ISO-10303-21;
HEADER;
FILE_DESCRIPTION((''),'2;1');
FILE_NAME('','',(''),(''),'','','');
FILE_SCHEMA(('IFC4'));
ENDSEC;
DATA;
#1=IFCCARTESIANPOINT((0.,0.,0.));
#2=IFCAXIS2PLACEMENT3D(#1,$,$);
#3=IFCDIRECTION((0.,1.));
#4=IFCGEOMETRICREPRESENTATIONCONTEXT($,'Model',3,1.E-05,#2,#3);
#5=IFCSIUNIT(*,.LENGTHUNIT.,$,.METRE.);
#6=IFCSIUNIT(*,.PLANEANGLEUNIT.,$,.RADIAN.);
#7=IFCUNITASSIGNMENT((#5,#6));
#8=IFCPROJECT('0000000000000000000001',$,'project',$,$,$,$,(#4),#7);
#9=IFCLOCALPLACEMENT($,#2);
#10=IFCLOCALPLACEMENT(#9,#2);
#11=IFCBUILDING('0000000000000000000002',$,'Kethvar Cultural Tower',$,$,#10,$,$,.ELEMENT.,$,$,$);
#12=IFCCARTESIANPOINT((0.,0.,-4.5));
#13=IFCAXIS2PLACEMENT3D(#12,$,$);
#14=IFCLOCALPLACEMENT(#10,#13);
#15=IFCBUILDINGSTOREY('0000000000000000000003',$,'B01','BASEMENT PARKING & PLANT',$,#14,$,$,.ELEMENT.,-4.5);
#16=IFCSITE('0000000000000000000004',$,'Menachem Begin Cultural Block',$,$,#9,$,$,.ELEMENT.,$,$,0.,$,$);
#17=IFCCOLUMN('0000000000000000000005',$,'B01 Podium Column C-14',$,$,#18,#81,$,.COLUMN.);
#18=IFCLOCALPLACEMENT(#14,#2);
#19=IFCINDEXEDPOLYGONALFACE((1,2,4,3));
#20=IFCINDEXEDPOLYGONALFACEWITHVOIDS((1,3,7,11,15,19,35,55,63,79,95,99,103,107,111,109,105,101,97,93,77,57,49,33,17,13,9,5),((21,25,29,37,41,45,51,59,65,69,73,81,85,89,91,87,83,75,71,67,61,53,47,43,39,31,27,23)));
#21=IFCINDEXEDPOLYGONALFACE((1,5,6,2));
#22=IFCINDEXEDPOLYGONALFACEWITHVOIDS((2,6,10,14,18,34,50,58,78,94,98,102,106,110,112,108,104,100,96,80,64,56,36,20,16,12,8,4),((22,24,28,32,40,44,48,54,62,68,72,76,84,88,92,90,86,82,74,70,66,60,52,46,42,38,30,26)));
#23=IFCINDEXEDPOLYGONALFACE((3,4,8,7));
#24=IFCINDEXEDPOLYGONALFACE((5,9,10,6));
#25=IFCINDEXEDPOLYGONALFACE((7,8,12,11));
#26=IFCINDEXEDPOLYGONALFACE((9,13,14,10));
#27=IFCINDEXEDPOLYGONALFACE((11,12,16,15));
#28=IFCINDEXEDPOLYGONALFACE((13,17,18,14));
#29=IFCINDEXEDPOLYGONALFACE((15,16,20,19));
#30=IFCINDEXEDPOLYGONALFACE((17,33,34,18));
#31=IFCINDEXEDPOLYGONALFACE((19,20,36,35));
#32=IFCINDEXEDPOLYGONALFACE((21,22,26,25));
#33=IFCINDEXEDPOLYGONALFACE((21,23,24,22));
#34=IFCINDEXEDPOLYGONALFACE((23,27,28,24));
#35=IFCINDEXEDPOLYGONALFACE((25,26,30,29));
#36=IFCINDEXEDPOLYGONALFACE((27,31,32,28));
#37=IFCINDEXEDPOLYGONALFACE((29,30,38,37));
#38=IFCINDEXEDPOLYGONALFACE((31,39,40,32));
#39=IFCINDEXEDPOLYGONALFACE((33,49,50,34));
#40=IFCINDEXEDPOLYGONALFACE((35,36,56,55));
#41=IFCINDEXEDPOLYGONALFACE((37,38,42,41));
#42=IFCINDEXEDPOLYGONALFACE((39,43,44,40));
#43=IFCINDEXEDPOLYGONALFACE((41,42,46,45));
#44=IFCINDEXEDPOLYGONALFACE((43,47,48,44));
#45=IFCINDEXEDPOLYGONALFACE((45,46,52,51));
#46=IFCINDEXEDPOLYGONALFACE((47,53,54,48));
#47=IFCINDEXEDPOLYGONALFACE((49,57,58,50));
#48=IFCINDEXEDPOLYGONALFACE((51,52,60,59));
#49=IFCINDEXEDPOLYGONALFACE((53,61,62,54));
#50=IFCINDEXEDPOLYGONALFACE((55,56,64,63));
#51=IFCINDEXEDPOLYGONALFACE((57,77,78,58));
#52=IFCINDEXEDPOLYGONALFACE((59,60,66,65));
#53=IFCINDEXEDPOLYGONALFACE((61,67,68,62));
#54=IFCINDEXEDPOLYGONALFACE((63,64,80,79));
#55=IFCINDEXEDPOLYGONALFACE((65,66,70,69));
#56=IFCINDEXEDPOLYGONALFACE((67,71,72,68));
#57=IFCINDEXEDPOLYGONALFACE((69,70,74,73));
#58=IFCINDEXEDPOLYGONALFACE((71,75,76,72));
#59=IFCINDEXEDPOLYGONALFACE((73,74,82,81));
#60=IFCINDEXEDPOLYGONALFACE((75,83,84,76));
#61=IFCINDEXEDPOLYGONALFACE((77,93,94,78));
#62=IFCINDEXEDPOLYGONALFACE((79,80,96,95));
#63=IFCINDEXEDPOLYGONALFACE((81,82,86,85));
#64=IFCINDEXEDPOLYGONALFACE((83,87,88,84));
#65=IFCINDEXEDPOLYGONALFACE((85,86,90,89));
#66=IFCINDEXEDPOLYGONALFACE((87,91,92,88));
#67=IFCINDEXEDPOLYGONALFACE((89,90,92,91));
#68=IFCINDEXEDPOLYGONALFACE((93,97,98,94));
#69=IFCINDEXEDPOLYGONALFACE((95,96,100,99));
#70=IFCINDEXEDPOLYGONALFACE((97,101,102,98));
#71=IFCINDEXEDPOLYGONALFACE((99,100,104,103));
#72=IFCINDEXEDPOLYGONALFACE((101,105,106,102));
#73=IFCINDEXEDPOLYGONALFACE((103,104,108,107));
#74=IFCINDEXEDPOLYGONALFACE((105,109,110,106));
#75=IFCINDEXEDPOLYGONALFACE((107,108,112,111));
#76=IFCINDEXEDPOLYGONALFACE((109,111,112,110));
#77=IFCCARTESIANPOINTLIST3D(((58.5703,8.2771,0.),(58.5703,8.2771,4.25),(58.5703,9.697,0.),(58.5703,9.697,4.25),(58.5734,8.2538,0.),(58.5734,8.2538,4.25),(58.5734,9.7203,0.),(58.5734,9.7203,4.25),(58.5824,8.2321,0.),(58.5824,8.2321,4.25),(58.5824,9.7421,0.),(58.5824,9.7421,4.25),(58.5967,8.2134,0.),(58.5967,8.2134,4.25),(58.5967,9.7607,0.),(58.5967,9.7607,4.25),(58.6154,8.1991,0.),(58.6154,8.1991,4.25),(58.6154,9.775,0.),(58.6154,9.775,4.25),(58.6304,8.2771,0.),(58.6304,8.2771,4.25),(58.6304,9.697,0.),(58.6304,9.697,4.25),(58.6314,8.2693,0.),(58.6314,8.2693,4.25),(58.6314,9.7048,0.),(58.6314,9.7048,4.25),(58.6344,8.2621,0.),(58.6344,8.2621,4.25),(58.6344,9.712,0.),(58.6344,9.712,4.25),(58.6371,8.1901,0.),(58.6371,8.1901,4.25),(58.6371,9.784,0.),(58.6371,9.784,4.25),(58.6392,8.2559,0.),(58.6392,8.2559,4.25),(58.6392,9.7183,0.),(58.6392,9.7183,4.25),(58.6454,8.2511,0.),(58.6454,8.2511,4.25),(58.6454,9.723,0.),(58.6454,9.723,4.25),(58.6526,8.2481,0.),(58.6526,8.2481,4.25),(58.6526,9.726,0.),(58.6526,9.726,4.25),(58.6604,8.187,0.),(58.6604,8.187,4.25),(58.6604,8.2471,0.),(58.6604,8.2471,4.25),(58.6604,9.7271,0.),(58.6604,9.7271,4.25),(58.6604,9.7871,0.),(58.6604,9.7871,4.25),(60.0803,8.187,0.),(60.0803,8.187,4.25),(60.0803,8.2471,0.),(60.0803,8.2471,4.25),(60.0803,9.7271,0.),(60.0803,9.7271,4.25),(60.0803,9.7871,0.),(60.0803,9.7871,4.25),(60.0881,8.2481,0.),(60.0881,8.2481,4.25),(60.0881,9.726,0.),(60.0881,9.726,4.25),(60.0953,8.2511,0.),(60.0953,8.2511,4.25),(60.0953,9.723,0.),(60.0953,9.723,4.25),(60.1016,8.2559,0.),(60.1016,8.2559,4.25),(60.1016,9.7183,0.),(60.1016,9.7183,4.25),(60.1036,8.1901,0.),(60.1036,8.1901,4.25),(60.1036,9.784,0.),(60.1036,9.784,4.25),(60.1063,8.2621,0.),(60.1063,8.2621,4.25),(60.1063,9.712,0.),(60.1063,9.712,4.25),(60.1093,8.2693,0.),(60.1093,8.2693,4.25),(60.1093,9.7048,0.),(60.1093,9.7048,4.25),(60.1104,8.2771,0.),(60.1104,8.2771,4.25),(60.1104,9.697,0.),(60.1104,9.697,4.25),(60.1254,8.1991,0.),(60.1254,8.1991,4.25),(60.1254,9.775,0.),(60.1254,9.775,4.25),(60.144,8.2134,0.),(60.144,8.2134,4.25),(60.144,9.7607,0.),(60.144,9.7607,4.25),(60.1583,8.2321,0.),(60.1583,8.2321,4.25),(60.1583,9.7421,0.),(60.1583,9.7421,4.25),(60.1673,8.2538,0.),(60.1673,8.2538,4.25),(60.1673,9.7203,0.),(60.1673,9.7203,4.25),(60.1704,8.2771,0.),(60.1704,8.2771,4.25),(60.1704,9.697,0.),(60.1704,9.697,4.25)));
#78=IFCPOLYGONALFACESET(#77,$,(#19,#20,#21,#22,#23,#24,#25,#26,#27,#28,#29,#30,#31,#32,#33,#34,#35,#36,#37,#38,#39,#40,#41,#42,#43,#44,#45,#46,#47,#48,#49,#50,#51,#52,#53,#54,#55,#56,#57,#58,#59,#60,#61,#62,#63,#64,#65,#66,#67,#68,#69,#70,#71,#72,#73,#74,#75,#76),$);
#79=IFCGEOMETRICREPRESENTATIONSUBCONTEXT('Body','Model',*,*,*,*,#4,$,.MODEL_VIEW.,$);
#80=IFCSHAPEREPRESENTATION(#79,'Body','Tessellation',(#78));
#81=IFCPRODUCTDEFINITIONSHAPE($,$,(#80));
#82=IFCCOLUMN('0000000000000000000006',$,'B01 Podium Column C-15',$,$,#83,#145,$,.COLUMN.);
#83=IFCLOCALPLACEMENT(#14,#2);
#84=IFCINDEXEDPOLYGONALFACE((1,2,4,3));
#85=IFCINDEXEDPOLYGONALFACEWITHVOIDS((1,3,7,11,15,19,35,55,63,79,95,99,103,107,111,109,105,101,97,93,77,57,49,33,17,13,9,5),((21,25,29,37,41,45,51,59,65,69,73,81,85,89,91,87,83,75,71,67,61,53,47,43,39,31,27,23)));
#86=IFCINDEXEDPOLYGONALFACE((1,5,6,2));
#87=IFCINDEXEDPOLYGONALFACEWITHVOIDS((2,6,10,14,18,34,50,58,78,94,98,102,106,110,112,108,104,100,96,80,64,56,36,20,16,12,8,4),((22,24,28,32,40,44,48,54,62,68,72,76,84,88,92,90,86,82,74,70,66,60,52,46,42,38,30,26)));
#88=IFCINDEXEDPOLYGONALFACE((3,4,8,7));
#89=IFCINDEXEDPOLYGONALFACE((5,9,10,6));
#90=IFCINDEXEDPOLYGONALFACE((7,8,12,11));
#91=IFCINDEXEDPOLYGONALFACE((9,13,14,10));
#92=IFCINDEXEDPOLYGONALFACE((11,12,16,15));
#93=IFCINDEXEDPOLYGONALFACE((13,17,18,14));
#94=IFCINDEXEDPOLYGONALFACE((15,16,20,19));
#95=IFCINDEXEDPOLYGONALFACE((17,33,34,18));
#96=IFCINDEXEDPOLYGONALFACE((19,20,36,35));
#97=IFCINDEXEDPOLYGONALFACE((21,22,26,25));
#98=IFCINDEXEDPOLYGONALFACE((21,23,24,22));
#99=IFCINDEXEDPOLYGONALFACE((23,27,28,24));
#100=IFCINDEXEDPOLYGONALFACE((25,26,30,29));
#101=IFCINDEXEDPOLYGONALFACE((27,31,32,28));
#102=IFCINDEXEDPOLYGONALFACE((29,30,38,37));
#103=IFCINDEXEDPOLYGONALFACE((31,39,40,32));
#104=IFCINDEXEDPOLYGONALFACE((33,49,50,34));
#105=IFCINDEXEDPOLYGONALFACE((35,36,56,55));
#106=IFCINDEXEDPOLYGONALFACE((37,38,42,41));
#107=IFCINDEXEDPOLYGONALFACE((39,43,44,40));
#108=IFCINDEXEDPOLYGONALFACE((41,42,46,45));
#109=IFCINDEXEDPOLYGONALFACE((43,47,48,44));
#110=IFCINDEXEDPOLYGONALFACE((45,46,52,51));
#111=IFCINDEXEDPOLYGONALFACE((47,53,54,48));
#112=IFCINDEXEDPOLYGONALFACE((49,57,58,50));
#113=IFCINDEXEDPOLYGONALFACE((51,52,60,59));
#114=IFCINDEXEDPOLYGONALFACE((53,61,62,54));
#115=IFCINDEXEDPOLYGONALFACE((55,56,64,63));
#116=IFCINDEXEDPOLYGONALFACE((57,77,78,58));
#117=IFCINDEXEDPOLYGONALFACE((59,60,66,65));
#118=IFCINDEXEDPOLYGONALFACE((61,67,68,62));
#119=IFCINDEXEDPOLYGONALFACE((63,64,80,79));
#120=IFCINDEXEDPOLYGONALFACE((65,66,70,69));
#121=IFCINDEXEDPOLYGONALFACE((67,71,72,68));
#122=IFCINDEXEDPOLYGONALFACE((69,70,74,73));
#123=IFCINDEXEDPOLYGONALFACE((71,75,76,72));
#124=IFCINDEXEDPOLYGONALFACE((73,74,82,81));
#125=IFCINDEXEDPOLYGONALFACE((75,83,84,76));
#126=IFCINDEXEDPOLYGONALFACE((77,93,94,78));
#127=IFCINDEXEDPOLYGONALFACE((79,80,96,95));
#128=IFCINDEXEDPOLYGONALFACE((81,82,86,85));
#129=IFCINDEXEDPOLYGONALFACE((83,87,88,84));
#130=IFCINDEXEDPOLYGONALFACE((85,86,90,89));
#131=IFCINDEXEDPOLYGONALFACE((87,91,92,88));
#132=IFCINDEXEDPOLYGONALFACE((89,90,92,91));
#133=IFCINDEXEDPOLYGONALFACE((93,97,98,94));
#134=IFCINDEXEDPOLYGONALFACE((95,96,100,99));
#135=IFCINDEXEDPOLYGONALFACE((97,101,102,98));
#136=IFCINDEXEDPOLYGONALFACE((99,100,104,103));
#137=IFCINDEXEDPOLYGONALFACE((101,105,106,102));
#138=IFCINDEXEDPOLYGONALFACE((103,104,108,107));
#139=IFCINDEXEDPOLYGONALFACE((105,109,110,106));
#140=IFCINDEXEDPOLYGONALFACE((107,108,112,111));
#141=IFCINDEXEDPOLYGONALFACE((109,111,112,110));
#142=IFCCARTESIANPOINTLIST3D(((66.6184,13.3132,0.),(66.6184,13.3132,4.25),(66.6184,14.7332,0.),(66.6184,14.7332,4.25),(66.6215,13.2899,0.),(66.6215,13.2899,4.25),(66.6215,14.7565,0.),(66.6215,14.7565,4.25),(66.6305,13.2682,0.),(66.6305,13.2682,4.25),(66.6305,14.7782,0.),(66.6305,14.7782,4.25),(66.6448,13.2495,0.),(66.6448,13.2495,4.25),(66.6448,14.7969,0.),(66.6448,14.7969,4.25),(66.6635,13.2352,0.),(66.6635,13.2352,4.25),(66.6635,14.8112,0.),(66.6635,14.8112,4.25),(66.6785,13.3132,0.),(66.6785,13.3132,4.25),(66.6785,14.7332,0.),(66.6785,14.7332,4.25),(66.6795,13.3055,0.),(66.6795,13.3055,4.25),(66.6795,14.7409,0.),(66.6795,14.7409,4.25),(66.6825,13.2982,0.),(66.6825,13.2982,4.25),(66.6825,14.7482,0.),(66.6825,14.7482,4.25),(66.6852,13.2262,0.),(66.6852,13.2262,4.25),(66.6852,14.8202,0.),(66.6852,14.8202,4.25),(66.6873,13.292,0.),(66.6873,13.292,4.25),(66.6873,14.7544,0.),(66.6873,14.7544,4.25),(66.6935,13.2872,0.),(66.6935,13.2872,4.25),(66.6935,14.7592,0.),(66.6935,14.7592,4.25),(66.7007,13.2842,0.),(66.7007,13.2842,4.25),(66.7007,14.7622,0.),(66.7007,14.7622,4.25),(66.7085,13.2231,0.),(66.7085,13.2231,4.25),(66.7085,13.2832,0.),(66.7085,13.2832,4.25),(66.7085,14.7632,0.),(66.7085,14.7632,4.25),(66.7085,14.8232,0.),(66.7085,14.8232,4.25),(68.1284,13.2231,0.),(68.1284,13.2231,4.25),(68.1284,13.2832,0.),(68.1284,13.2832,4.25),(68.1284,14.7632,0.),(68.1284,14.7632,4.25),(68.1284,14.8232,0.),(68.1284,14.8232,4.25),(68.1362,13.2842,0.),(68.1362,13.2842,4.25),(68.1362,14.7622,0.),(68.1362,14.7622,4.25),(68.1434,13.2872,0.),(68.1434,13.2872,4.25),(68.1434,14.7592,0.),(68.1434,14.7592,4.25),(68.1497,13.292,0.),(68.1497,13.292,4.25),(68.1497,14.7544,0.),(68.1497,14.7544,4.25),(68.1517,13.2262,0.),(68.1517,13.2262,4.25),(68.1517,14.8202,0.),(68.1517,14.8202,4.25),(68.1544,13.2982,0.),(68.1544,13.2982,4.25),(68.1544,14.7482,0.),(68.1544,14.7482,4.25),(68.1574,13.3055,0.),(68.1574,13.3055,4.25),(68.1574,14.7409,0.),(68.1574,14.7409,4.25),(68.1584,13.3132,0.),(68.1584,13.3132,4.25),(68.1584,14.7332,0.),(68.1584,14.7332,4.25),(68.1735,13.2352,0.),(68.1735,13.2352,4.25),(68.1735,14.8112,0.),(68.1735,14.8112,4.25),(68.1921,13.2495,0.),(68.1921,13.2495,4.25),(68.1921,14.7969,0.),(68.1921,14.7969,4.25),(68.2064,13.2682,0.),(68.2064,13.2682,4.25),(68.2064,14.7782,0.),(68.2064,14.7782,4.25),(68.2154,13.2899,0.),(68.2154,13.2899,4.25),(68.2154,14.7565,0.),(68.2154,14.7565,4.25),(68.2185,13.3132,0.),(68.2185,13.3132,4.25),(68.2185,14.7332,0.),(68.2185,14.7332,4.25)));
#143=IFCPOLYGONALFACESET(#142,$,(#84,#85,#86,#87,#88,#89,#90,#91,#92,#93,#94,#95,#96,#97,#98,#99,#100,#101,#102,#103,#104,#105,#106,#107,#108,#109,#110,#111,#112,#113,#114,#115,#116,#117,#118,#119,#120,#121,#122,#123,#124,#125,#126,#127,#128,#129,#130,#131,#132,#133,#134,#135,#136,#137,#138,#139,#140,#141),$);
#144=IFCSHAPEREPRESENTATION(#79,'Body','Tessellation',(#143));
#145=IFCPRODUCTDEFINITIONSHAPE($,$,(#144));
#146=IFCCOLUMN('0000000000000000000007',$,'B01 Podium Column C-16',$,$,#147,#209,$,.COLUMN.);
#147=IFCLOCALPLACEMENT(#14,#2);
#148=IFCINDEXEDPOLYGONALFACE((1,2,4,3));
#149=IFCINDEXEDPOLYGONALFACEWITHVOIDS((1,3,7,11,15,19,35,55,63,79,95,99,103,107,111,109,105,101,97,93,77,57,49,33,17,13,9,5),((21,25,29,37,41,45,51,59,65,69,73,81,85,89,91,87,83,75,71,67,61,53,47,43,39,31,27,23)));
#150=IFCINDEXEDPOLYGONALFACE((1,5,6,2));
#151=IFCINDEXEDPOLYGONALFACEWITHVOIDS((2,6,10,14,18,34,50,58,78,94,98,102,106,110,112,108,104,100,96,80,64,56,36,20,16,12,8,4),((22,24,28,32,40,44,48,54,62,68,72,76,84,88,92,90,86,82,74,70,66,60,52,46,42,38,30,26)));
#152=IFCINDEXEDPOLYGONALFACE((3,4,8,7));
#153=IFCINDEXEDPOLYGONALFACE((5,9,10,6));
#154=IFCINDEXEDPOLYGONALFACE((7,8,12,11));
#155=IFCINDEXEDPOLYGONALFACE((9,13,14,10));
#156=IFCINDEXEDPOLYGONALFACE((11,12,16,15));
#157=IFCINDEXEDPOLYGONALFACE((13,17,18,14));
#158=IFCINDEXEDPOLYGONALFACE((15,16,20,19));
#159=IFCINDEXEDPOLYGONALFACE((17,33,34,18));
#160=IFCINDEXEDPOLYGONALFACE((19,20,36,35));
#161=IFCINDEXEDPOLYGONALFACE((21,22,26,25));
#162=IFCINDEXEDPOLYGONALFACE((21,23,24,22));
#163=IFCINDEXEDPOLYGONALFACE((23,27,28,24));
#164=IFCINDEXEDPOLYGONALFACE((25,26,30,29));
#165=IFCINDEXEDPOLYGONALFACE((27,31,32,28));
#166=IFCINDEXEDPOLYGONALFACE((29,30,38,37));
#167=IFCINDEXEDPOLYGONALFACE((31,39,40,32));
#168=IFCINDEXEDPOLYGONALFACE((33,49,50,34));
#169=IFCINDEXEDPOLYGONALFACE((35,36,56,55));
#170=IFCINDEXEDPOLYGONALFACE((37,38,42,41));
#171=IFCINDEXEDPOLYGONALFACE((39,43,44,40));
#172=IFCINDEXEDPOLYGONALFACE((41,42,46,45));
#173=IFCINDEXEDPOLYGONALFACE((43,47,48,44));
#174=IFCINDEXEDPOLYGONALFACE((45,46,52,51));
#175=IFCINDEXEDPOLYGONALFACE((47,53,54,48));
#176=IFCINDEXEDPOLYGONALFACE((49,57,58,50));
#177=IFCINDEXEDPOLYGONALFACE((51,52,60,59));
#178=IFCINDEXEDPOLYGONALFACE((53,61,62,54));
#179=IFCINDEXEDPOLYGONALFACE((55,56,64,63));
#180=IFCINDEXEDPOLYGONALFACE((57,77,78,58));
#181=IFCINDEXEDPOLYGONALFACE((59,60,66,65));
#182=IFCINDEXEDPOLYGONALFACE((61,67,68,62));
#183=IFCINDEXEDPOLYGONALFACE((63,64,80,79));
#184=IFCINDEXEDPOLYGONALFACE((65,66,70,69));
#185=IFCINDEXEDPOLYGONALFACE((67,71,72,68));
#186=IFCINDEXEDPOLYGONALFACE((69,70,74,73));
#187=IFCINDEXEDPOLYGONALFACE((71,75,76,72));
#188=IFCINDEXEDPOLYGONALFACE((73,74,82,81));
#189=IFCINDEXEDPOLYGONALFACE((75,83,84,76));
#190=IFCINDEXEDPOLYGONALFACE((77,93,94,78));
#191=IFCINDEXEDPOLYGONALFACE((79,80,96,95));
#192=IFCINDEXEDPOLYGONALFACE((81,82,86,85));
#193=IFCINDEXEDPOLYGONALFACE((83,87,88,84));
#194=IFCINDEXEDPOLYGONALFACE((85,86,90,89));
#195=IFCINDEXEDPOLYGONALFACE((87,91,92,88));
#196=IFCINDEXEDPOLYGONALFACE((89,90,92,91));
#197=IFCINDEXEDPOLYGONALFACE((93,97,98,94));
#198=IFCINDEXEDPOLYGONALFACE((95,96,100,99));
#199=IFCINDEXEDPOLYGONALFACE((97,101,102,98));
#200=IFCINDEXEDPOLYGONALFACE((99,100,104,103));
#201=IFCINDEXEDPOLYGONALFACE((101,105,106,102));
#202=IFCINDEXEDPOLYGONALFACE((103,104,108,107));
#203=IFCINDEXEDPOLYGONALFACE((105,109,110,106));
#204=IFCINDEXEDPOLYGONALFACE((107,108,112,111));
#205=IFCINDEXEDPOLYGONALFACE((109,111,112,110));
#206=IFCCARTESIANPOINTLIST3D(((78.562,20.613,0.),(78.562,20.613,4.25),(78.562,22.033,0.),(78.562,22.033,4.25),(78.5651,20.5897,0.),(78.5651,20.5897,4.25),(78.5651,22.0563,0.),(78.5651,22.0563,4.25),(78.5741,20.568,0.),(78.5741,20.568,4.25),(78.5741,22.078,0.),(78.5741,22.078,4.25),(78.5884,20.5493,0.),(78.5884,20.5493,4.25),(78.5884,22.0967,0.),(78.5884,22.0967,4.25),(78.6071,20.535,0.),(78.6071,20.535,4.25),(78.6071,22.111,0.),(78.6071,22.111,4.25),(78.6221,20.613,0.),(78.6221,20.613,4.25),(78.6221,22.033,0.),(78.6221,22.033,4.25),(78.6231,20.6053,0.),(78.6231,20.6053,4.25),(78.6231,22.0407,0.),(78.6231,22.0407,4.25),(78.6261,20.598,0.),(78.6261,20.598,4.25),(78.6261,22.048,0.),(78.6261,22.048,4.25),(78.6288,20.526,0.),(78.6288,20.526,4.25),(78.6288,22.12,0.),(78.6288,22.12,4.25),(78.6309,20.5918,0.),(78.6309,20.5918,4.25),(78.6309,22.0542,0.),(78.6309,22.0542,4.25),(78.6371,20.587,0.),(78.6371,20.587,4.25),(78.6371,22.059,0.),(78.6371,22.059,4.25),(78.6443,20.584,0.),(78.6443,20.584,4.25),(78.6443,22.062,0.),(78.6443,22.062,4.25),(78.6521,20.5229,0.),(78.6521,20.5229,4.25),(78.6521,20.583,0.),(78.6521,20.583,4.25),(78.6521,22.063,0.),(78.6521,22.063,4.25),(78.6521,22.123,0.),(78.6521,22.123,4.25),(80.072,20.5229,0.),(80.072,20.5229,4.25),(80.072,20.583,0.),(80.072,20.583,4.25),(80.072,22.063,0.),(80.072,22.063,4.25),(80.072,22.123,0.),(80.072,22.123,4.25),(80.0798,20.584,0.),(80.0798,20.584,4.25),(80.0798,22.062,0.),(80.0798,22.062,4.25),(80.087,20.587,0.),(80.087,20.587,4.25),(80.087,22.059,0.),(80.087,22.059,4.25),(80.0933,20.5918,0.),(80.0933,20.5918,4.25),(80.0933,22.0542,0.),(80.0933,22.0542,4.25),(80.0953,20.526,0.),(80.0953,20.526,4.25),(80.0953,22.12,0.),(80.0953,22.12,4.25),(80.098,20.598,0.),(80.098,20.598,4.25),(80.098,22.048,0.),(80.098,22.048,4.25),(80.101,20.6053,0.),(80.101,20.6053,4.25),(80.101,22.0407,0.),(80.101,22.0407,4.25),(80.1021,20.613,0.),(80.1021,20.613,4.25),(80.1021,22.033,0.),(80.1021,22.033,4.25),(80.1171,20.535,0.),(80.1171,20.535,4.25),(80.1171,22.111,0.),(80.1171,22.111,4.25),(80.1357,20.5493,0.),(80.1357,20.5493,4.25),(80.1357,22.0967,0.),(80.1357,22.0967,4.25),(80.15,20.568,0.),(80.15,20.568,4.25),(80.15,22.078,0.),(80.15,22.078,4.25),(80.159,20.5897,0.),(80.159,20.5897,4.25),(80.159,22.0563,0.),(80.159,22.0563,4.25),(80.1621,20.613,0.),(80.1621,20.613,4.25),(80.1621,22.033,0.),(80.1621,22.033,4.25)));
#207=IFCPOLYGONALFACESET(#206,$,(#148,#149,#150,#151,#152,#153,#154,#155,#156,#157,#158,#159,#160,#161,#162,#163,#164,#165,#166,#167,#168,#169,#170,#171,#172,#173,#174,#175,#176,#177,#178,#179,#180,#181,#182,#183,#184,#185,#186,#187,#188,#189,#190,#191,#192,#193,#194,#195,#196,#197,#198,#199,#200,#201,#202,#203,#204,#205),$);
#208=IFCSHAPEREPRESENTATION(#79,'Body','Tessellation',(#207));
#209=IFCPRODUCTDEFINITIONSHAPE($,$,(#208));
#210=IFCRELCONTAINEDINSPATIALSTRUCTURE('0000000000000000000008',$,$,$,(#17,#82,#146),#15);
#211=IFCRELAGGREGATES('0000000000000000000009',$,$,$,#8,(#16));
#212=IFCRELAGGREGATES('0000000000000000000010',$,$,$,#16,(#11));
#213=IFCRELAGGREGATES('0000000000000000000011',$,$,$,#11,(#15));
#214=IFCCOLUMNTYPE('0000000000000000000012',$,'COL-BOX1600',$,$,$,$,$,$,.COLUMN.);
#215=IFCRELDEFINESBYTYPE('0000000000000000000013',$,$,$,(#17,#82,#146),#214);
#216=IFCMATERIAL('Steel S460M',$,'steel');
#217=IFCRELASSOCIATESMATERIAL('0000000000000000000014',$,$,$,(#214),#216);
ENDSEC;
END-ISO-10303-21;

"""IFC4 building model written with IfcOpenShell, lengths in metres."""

from ifc_helpers import new_model, si_unit, direction, frame, origin, origin_2d, place, context, subcontext, project, spatial, hollow_rectangle, extrude, source, transform, mapped, material, material_profile, profile_set, type_object, element, save


model = new_model("IFC4")

# Units and contexts
model_context = context("Model", 3, precision=1e-05, world=origin(), true_north=direction((0.0, 1.0)))
body_context = subcontext(model_context, "Body", "Model", "MODEL_VIEW")
ifc_project = project(units=[si_unit("LENGTHUNIT", "METRE"), si_unit("PLANEANGLEUNIT", "RADIAN")], contexts=[model_context])

# Site, building, storey
site_placement = place(None, origin())
site = spatial("IfcSite", under=ifc_project, at=site_placement, Name="Menachem Begin Cultural Block", CompositionType="ELEMENT", RefElevation=0.0)
building_placement = place(site_placement, origin())
building = spatial("IfcBuilding", under=site, at=building_placement, Name="Kethvar Cultural Tower", CompositionType="ELEMENT")
storey_placement = place(building_placement, frame((0.0, 0.0, -4.5)))
storey = spatial("IfcBuildingStorey", under=building, at=storey_placement, Name="B01", Description="BASEMENT PARKING & PLANT", CompositionType="ELEMENT", Elevation=-4.5)

# Columns
ifc_material_1 = material(Name="Steel S460M", Category="steel")
ifc_material_profile_1 = material_profile(ifc_material_1, hollow_rectangle(XDim=1.6001, YDim=1.6001, WallThickness=0.0601, InnerFilletRadius=0.03, OuterFilletRadius=0.0901, at=origin_2d()), Name="Steel S460M — BOX1600x1600x60")
ifc_profile_set_1 = profile_set([ifc_material_profile_1], Name="Steel S460M — BOX1600x1600x60")
column_type = type_object("IfcColumnType", Name="COL-BOX1600", PredefinedType="COLUMN", material=ifc_profile_set_1)
shared_shape_1 = source(origin(), body_context, "Body", "SweptSolid", [
    extrude(hollow_rectangle(XDim=1.6001, YDim=1.6001, WallThickness=0.0601, InnerFilletRadius=0.03, OuterFilletRadius=0.0901, at=origin_2d()), origin(), (0.0, 0.0, 1.0), 4.25),
])
for number, where, z_axis, x_axis, name in (
    (1, (59.3704, 8.9871, 0.0), (0.0, 0.0, 1.0), (1.0, 0.0, 0.0), "B01 Podium Column C-14"),
    (2, (67.4185, 14.0232, 0.0), (0.0, 0.0, 1.0), (1.0, 0.0, 0.0), "B01 Podium Column C-15"),
    (3, (79.3621, 21.323, 0.0), (0.0, 0.0, 1.0), (1.0, 0.0, 0.0), "B01 Podium Column C-16"),
):
    element("IfcColumn", number, at=place(storey_placement, frame(where, z_axis=z_axis, x_axis=x_axis)), inside=storey, type_object=column_type, Name=name, PredefinedType="COLUMN", context=body_context, shape_type="MappedRepresentation", body=[
        mapped(shared_shape_1, transform((0.0, 0.0, 0.0), scale=1.0)),
    ])

save(model, "model.ifc")
